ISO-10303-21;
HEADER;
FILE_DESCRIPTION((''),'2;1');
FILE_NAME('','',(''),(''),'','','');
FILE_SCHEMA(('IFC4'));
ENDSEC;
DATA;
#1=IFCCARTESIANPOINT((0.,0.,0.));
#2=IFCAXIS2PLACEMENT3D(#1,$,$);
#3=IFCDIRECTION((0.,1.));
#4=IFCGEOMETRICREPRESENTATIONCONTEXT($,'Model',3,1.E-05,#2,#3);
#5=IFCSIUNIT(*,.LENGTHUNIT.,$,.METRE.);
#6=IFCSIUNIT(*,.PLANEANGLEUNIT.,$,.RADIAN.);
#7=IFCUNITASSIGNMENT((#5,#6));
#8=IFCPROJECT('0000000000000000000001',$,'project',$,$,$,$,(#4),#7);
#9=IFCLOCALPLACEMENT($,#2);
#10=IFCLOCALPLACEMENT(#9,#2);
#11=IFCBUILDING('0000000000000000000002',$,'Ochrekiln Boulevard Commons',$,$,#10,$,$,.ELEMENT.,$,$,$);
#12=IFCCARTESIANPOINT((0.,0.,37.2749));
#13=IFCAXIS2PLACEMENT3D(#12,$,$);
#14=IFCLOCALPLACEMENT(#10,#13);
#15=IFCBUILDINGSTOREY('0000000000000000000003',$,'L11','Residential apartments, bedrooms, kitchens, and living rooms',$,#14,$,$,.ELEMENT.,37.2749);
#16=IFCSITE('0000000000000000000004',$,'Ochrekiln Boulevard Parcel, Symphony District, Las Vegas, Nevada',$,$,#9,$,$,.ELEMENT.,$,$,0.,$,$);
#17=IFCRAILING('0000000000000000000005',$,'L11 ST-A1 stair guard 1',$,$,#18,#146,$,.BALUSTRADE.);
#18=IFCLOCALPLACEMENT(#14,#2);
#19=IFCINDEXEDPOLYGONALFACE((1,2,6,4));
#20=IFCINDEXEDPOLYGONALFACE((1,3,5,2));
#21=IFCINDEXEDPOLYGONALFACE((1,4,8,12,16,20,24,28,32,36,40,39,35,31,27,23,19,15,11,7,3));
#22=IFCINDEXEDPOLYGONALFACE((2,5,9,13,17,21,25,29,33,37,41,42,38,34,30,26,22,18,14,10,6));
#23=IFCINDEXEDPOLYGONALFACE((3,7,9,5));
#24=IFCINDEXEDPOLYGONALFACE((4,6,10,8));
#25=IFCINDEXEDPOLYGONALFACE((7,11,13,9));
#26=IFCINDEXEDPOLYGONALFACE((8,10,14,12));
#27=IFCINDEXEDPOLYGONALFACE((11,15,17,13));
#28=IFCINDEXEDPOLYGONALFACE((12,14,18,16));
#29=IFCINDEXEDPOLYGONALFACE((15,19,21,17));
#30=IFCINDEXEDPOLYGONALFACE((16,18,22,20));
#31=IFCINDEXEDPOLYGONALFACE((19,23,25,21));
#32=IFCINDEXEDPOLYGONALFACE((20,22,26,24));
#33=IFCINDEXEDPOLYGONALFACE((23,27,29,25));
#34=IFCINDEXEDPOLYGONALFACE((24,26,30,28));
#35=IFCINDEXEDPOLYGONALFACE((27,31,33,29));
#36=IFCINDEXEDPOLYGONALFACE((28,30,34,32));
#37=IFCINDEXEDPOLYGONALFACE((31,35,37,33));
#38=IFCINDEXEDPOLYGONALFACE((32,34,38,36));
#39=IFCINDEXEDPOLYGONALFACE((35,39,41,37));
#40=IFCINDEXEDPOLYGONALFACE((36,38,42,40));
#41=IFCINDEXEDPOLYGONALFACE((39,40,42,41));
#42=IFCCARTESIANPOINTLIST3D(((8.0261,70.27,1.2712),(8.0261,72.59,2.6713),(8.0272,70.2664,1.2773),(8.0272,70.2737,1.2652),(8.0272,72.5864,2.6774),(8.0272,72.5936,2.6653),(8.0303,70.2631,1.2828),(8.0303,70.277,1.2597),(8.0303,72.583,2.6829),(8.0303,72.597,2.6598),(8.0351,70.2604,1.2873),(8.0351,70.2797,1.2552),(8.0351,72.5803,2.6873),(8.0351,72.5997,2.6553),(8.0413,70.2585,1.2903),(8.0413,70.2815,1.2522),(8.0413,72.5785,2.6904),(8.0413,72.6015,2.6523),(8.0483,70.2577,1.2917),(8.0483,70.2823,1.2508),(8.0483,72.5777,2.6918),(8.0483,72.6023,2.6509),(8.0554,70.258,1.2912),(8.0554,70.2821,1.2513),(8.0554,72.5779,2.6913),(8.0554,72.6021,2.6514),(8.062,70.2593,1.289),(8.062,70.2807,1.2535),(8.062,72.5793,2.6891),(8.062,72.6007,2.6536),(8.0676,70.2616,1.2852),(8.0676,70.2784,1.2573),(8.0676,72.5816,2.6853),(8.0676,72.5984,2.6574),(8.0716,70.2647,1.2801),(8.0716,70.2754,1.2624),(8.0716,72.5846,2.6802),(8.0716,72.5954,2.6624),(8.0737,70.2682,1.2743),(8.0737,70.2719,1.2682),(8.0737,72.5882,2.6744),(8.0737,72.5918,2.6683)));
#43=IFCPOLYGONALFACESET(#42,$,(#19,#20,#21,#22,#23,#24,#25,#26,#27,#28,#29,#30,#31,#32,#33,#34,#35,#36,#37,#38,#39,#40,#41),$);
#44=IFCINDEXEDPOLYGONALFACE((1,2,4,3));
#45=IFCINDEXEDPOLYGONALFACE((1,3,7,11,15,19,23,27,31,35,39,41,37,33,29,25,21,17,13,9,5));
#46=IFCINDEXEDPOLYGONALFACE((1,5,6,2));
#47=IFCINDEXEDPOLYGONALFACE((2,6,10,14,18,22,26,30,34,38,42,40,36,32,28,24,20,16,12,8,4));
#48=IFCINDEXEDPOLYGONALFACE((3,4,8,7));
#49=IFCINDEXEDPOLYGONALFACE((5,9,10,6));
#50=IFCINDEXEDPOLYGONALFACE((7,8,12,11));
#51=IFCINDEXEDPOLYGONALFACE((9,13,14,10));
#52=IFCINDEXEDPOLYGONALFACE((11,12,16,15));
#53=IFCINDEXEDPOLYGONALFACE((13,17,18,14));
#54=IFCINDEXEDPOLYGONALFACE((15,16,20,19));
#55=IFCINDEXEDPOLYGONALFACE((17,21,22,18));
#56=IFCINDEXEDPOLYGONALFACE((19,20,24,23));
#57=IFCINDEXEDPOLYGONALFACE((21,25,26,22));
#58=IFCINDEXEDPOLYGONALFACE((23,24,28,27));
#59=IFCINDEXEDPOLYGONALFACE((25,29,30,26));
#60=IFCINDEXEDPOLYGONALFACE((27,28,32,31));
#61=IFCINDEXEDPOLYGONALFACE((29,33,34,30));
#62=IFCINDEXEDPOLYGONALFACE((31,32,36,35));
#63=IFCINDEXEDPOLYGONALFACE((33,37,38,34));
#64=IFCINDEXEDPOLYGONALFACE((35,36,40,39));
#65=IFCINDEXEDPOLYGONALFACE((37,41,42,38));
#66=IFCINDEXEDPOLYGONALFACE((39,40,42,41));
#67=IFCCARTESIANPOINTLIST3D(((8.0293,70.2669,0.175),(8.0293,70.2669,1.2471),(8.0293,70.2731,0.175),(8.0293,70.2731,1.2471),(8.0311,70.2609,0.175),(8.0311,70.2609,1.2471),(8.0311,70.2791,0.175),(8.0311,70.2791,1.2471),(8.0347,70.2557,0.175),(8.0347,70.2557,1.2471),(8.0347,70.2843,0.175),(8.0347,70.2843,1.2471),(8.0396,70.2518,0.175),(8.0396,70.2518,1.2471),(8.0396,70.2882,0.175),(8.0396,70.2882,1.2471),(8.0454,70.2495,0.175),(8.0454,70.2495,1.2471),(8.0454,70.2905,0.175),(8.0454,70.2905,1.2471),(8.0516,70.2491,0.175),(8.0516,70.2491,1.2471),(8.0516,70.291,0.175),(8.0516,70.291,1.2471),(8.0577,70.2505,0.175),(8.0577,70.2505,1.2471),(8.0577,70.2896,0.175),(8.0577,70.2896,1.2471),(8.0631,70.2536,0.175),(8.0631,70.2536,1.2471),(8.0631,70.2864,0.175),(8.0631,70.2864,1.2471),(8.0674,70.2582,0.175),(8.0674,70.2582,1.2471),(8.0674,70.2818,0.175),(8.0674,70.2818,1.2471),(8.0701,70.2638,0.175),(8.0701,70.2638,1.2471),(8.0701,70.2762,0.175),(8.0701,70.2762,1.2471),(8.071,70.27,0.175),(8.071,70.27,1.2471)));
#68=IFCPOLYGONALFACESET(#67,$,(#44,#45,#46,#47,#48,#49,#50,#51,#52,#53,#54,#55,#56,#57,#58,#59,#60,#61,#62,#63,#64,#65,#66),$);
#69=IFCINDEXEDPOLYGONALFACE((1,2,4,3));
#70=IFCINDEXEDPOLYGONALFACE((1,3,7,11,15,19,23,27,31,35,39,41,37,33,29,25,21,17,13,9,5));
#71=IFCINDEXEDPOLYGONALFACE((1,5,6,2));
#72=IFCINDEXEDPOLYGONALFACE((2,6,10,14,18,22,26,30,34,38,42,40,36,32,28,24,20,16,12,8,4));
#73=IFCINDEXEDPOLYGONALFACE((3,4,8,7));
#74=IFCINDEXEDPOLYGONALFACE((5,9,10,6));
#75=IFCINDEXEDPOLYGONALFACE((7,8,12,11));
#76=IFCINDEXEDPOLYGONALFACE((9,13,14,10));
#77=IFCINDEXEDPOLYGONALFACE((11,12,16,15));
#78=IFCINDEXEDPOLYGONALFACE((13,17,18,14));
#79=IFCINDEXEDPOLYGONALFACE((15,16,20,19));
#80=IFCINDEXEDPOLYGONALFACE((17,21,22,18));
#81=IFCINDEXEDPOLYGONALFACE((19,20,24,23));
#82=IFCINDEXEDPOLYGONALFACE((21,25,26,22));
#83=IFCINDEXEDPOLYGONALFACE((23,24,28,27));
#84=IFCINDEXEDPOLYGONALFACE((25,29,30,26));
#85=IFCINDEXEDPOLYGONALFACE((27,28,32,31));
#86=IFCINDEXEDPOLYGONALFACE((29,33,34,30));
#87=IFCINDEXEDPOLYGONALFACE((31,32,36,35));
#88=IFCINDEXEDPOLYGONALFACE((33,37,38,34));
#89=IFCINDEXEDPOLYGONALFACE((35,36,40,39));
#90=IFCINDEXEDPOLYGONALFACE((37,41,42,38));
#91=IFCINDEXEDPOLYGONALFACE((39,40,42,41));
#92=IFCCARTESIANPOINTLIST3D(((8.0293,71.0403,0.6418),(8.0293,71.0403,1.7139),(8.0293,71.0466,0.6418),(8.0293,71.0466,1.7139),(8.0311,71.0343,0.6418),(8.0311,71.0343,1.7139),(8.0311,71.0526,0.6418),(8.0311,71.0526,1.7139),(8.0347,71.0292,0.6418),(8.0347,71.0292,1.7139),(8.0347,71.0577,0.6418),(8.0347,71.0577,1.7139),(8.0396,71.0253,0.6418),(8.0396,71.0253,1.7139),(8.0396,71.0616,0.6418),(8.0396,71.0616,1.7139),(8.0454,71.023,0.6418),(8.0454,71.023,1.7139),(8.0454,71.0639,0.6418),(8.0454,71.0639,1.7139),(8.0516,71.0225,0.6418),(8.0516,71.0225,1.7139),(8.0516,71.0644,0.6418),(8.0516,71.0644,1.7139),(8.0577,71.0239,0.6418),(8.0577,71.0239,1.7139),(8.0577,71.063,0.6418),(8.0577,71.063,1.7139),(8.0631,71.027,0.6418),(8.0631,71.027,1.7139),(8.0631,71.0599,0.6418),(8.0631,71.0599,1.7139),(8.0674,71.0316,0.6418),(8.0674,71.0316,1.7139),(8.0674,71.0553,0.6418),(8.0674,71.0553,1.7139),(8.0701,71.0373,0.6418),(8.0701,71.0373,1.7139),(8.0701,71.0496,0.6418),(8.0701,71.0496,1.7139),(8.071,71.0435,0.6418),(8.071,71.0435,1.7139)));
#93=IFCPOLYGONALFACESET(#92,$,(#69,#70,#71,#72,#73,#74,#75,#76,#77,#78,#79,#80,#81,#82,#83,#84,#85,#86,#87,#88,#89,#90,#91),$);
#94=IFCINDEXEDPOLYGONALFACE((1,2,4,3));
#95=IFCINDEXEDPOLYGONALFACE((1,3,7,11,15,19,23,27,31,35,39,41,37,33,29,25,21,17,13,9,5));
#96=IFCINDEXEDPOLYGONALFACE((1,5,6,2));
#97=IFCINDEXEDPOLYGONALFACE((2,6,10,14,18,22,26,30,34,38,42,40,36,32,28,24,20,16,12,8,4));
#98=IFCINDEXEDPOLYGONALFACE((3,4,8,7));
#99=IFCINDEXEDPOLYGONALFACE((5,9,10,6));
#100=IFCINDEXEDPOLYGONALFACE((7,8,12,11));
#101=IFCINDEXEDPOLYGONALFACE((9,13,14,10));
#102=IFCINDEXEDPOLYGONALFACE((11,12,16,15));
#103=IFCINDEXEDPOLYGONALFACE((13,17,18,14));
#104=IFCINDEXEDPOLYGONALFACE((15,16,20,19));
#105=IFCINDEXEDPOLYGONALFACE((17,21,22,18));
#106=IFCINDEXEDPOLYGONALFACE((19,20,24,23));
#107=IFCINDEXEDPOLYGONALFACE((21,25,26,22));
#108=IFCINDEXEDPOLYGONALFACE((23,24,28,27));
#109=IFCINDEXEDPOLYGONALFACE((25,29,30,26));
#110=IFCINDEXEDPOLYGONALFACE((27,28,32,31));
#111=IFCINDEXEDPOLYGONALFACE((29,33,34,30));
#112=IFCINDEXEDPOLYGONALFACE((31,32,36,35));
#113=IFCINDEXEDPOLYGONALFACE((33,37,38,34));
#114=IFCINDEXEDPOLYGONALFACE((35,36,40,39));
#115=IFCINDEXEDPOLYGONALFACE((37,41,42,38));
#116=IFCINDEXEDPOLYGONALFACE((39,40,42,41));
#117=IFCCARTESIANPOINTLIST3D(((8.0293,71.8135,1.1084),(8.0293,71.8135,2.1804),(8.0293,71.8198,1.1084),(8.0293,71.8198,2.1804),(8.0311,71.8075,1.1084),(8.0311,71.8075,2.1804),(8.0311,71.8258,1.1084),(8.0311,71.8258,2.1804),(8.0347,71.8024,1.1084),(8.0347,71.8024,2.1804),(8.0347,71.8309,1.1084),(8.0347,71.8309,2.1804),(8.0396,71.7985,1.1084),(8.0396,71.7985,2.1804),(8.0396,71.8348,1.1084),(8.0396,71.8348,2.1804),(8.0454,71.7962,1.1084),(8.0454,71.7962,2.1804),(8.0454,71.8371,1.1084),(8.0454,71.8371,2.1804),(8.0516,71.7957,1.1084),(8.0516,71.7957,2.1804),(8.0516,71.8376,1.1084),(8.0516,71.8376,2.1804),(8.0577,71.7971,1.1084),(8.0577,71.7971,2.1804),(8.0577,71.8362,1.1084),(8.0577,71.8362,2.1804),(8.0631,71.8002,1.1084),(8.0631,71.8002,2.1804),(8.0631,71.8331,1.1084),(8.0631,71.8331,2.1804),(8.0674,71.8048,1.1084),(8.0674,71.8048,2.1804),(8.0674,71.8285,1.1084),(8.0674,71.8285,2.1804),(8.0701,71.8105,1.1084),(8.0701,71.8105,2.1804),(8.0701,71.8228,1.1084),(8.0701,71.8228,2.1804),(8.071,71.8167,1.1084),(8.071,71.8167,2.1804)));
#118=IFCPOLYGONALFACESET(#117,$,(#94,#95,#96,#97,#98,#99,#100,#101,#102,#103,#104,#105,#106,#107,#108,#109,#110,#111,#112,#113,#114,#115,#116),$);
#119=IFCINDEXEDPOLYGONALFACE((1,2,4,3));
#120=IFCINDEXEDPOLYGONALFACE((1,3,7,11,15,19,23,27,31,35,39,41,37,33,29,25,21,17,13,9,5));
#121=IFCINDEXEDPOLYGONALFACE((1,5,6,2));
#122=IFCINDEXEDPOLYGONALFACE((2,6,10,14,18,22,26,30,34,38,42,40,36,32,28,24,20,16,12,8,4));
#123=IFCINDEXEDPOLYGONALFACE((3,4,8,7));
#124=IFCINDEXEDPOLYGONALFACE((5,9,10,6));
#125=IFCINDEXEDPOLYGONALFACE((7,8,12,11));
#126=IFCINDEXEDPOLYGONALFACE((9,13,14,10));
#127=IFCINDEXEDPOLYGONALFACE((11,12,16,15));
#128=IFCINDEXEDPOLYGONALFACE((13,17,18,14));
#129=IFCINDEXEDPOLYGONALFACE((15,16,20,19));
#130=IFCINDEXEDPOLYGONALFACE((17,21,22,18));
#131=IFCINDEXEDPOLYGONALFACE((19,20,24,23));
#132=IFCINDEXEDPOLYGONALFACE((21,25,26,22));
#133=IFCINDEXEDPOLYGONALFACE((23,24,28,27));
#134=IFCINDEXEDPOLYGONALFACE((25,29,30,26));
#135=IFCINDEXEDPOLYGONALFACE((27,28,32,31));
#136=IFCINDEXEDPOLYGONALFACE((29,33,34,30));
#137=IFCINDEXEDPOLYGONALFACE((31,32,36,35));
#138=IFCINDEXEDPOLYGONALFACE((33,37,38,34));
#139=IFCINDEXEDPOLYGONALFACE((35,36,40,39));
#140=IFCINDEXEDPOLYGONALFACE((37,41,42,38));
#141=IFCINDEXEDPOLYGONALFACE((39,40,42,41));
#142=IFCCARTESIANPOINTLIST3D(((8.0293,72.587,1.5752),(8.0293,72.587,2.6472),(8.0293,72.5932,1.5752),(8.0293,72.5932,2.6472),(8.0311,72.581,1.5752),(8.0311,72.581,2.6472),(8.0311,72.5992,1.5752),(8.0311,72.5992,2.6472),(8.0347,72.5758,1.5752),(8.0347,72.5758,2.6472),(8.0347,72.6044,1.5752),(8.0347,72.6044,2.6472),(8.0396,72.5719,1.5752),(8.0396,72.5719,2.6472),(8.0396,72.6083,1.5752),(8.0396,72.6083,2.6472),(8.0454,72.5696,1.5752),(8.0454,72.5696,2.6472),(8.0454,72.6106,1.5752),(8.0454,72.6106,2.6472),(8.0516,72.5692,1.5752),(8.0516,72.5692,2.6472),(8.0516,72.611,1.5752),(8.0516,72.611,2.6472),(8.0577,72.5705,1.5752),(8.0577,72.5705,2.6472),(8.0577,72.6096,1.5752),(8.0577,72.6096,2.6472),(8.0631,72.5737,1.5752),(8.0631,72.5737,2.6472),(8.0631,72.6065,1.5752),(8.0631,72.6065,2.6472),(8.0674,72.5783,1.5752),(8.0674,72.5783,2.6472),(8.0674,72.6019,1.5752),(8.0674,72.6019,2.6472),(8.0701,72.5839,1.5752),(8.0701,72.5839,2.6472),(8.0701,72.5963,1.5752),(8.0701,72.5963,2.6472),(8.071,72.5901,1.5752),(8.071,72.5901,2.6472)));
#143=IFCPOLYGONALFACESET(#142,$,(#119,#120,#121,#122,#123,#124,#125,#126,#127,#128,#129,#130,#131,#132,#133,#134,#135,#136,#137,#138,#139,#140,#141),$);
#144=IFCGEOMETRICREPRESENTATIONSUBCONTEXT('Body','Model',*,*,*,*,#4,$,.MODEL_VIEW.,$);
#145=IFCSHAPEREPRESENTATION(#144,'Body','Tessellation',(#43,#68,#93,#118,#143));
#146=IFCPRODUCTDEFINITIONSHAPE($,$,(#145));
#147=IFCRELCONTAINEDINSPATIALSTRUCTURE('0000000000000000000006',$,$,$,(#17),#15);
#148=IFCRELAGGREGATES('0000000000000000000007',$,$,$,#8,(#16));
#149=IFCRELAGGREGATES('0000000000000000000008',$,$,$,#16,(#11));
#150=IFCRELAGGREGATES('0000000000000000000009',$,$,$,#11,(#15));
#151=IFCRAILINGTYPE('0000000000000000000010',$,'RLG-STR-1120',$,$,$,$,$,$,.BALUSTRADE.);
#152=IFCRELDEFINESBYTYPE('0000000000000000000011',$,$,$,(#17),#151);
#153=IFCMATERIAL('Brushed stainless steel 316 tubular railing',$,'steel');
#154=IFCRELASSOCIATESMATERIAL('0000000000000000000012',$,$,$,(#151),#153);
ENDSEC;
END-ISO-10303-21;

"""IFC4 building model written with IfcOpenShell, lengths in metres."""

from ifc_helpers import new_model, si_unit, direction, frame, origin, origin_2d, place, context, subcontext, project, spatial, circle, extrude, material, type_object, element, save


model = new_model("IFC4")

# Units and contexts
model_context = context("Model", 3, precision=1e-05, world=origin(), true_north=direction((0.0, 1.0)))
body_context = subcontext(model_context, "Body", "Model", "MODEL_VIEW")
ifc_project = project(units=[si_unit("LENGTHUNIT", "METRE"), si_unit("PLANEANGLEUNIT", "RADIAN")], contexts=[model_context])

# Site, building, storey
site_placement = place(None, origin())
site = spatial("IfcSite", under=ifc_project, at=site_placement, Name="Ochrekiln Boulevard Parcel, Symphony District, Las Vegas, Nevada", CompositionType="ELEMENT", RefElevation=0.0)
building_placement = place(site_placement, origin())
building = spatial("IfcBuilding", under=site, at=building_placement, Name="Ochrekiln Boulevard Commons", CompositionType="ELEMENT")
storey_placement = place(building_placement, frame((0.0, 0.0, 37.2749)))
storey = spatial("IfcBuildingStorey", under=building, at=storey_placement, Name="L11", Description="Residential apartments, bedrooms, kitchens, and living rooms", CompositionType="ELEMENT", Elevation=37.2749)

# Railing
ifc_material_1 = material(Name="Brushed stainless steel 316 tubular railing", Category="steel")
railing_type_1 = type_object("IfcRailingType", Name="RLG-STR-1120", PredefinedType="BALUSTRADE", material=ifc_material_1)
railing_1_placement = place(storey_placement, frame((8.05, 70.27, 0.175)))
element("IfcRailing", 1, at=railing_1_placement, inside=storey, type_object=railing_type_1, Name="L11 ST-A1 stair guard 1", PredefinedType="BALUSTRADE", context=body_context, shape_type="SweptSolid", body=[
    extrude(circle(Radius=0.0239, at=origin_2d()), frame((0.0, 0.0, 1.0962), z_axis=(0.0, 0.85617, 0.516693), x_axis=(-1.0, 0.0, 0.0)), (0.0, 0.0, 1.0), 2.7097),
    extrude(circle(Radius=0.021, at=origin_2d()), origin(), (0.0, 0.0, 1.0), 1.072),
    extrude(circle(Radius=0.021, at=origin_2d()), frame((0.0, 0.7734, 0.4668)), (0.0, 0.0, 1.0), 1.072),
    extrude(circle(Radius=0.021, at=origin_2d()), frame((0.0, 1.5466, 0.9333)), (0.0, 0.0, 1.0), 1.072),
    extrude(circle(Radius=0.021, at=origin_2d()), frame((0.0, 2.3201, 1.4001)), (0.0, 0.0, 1.0), 1.072),
])

save(model, "model.ifc")
